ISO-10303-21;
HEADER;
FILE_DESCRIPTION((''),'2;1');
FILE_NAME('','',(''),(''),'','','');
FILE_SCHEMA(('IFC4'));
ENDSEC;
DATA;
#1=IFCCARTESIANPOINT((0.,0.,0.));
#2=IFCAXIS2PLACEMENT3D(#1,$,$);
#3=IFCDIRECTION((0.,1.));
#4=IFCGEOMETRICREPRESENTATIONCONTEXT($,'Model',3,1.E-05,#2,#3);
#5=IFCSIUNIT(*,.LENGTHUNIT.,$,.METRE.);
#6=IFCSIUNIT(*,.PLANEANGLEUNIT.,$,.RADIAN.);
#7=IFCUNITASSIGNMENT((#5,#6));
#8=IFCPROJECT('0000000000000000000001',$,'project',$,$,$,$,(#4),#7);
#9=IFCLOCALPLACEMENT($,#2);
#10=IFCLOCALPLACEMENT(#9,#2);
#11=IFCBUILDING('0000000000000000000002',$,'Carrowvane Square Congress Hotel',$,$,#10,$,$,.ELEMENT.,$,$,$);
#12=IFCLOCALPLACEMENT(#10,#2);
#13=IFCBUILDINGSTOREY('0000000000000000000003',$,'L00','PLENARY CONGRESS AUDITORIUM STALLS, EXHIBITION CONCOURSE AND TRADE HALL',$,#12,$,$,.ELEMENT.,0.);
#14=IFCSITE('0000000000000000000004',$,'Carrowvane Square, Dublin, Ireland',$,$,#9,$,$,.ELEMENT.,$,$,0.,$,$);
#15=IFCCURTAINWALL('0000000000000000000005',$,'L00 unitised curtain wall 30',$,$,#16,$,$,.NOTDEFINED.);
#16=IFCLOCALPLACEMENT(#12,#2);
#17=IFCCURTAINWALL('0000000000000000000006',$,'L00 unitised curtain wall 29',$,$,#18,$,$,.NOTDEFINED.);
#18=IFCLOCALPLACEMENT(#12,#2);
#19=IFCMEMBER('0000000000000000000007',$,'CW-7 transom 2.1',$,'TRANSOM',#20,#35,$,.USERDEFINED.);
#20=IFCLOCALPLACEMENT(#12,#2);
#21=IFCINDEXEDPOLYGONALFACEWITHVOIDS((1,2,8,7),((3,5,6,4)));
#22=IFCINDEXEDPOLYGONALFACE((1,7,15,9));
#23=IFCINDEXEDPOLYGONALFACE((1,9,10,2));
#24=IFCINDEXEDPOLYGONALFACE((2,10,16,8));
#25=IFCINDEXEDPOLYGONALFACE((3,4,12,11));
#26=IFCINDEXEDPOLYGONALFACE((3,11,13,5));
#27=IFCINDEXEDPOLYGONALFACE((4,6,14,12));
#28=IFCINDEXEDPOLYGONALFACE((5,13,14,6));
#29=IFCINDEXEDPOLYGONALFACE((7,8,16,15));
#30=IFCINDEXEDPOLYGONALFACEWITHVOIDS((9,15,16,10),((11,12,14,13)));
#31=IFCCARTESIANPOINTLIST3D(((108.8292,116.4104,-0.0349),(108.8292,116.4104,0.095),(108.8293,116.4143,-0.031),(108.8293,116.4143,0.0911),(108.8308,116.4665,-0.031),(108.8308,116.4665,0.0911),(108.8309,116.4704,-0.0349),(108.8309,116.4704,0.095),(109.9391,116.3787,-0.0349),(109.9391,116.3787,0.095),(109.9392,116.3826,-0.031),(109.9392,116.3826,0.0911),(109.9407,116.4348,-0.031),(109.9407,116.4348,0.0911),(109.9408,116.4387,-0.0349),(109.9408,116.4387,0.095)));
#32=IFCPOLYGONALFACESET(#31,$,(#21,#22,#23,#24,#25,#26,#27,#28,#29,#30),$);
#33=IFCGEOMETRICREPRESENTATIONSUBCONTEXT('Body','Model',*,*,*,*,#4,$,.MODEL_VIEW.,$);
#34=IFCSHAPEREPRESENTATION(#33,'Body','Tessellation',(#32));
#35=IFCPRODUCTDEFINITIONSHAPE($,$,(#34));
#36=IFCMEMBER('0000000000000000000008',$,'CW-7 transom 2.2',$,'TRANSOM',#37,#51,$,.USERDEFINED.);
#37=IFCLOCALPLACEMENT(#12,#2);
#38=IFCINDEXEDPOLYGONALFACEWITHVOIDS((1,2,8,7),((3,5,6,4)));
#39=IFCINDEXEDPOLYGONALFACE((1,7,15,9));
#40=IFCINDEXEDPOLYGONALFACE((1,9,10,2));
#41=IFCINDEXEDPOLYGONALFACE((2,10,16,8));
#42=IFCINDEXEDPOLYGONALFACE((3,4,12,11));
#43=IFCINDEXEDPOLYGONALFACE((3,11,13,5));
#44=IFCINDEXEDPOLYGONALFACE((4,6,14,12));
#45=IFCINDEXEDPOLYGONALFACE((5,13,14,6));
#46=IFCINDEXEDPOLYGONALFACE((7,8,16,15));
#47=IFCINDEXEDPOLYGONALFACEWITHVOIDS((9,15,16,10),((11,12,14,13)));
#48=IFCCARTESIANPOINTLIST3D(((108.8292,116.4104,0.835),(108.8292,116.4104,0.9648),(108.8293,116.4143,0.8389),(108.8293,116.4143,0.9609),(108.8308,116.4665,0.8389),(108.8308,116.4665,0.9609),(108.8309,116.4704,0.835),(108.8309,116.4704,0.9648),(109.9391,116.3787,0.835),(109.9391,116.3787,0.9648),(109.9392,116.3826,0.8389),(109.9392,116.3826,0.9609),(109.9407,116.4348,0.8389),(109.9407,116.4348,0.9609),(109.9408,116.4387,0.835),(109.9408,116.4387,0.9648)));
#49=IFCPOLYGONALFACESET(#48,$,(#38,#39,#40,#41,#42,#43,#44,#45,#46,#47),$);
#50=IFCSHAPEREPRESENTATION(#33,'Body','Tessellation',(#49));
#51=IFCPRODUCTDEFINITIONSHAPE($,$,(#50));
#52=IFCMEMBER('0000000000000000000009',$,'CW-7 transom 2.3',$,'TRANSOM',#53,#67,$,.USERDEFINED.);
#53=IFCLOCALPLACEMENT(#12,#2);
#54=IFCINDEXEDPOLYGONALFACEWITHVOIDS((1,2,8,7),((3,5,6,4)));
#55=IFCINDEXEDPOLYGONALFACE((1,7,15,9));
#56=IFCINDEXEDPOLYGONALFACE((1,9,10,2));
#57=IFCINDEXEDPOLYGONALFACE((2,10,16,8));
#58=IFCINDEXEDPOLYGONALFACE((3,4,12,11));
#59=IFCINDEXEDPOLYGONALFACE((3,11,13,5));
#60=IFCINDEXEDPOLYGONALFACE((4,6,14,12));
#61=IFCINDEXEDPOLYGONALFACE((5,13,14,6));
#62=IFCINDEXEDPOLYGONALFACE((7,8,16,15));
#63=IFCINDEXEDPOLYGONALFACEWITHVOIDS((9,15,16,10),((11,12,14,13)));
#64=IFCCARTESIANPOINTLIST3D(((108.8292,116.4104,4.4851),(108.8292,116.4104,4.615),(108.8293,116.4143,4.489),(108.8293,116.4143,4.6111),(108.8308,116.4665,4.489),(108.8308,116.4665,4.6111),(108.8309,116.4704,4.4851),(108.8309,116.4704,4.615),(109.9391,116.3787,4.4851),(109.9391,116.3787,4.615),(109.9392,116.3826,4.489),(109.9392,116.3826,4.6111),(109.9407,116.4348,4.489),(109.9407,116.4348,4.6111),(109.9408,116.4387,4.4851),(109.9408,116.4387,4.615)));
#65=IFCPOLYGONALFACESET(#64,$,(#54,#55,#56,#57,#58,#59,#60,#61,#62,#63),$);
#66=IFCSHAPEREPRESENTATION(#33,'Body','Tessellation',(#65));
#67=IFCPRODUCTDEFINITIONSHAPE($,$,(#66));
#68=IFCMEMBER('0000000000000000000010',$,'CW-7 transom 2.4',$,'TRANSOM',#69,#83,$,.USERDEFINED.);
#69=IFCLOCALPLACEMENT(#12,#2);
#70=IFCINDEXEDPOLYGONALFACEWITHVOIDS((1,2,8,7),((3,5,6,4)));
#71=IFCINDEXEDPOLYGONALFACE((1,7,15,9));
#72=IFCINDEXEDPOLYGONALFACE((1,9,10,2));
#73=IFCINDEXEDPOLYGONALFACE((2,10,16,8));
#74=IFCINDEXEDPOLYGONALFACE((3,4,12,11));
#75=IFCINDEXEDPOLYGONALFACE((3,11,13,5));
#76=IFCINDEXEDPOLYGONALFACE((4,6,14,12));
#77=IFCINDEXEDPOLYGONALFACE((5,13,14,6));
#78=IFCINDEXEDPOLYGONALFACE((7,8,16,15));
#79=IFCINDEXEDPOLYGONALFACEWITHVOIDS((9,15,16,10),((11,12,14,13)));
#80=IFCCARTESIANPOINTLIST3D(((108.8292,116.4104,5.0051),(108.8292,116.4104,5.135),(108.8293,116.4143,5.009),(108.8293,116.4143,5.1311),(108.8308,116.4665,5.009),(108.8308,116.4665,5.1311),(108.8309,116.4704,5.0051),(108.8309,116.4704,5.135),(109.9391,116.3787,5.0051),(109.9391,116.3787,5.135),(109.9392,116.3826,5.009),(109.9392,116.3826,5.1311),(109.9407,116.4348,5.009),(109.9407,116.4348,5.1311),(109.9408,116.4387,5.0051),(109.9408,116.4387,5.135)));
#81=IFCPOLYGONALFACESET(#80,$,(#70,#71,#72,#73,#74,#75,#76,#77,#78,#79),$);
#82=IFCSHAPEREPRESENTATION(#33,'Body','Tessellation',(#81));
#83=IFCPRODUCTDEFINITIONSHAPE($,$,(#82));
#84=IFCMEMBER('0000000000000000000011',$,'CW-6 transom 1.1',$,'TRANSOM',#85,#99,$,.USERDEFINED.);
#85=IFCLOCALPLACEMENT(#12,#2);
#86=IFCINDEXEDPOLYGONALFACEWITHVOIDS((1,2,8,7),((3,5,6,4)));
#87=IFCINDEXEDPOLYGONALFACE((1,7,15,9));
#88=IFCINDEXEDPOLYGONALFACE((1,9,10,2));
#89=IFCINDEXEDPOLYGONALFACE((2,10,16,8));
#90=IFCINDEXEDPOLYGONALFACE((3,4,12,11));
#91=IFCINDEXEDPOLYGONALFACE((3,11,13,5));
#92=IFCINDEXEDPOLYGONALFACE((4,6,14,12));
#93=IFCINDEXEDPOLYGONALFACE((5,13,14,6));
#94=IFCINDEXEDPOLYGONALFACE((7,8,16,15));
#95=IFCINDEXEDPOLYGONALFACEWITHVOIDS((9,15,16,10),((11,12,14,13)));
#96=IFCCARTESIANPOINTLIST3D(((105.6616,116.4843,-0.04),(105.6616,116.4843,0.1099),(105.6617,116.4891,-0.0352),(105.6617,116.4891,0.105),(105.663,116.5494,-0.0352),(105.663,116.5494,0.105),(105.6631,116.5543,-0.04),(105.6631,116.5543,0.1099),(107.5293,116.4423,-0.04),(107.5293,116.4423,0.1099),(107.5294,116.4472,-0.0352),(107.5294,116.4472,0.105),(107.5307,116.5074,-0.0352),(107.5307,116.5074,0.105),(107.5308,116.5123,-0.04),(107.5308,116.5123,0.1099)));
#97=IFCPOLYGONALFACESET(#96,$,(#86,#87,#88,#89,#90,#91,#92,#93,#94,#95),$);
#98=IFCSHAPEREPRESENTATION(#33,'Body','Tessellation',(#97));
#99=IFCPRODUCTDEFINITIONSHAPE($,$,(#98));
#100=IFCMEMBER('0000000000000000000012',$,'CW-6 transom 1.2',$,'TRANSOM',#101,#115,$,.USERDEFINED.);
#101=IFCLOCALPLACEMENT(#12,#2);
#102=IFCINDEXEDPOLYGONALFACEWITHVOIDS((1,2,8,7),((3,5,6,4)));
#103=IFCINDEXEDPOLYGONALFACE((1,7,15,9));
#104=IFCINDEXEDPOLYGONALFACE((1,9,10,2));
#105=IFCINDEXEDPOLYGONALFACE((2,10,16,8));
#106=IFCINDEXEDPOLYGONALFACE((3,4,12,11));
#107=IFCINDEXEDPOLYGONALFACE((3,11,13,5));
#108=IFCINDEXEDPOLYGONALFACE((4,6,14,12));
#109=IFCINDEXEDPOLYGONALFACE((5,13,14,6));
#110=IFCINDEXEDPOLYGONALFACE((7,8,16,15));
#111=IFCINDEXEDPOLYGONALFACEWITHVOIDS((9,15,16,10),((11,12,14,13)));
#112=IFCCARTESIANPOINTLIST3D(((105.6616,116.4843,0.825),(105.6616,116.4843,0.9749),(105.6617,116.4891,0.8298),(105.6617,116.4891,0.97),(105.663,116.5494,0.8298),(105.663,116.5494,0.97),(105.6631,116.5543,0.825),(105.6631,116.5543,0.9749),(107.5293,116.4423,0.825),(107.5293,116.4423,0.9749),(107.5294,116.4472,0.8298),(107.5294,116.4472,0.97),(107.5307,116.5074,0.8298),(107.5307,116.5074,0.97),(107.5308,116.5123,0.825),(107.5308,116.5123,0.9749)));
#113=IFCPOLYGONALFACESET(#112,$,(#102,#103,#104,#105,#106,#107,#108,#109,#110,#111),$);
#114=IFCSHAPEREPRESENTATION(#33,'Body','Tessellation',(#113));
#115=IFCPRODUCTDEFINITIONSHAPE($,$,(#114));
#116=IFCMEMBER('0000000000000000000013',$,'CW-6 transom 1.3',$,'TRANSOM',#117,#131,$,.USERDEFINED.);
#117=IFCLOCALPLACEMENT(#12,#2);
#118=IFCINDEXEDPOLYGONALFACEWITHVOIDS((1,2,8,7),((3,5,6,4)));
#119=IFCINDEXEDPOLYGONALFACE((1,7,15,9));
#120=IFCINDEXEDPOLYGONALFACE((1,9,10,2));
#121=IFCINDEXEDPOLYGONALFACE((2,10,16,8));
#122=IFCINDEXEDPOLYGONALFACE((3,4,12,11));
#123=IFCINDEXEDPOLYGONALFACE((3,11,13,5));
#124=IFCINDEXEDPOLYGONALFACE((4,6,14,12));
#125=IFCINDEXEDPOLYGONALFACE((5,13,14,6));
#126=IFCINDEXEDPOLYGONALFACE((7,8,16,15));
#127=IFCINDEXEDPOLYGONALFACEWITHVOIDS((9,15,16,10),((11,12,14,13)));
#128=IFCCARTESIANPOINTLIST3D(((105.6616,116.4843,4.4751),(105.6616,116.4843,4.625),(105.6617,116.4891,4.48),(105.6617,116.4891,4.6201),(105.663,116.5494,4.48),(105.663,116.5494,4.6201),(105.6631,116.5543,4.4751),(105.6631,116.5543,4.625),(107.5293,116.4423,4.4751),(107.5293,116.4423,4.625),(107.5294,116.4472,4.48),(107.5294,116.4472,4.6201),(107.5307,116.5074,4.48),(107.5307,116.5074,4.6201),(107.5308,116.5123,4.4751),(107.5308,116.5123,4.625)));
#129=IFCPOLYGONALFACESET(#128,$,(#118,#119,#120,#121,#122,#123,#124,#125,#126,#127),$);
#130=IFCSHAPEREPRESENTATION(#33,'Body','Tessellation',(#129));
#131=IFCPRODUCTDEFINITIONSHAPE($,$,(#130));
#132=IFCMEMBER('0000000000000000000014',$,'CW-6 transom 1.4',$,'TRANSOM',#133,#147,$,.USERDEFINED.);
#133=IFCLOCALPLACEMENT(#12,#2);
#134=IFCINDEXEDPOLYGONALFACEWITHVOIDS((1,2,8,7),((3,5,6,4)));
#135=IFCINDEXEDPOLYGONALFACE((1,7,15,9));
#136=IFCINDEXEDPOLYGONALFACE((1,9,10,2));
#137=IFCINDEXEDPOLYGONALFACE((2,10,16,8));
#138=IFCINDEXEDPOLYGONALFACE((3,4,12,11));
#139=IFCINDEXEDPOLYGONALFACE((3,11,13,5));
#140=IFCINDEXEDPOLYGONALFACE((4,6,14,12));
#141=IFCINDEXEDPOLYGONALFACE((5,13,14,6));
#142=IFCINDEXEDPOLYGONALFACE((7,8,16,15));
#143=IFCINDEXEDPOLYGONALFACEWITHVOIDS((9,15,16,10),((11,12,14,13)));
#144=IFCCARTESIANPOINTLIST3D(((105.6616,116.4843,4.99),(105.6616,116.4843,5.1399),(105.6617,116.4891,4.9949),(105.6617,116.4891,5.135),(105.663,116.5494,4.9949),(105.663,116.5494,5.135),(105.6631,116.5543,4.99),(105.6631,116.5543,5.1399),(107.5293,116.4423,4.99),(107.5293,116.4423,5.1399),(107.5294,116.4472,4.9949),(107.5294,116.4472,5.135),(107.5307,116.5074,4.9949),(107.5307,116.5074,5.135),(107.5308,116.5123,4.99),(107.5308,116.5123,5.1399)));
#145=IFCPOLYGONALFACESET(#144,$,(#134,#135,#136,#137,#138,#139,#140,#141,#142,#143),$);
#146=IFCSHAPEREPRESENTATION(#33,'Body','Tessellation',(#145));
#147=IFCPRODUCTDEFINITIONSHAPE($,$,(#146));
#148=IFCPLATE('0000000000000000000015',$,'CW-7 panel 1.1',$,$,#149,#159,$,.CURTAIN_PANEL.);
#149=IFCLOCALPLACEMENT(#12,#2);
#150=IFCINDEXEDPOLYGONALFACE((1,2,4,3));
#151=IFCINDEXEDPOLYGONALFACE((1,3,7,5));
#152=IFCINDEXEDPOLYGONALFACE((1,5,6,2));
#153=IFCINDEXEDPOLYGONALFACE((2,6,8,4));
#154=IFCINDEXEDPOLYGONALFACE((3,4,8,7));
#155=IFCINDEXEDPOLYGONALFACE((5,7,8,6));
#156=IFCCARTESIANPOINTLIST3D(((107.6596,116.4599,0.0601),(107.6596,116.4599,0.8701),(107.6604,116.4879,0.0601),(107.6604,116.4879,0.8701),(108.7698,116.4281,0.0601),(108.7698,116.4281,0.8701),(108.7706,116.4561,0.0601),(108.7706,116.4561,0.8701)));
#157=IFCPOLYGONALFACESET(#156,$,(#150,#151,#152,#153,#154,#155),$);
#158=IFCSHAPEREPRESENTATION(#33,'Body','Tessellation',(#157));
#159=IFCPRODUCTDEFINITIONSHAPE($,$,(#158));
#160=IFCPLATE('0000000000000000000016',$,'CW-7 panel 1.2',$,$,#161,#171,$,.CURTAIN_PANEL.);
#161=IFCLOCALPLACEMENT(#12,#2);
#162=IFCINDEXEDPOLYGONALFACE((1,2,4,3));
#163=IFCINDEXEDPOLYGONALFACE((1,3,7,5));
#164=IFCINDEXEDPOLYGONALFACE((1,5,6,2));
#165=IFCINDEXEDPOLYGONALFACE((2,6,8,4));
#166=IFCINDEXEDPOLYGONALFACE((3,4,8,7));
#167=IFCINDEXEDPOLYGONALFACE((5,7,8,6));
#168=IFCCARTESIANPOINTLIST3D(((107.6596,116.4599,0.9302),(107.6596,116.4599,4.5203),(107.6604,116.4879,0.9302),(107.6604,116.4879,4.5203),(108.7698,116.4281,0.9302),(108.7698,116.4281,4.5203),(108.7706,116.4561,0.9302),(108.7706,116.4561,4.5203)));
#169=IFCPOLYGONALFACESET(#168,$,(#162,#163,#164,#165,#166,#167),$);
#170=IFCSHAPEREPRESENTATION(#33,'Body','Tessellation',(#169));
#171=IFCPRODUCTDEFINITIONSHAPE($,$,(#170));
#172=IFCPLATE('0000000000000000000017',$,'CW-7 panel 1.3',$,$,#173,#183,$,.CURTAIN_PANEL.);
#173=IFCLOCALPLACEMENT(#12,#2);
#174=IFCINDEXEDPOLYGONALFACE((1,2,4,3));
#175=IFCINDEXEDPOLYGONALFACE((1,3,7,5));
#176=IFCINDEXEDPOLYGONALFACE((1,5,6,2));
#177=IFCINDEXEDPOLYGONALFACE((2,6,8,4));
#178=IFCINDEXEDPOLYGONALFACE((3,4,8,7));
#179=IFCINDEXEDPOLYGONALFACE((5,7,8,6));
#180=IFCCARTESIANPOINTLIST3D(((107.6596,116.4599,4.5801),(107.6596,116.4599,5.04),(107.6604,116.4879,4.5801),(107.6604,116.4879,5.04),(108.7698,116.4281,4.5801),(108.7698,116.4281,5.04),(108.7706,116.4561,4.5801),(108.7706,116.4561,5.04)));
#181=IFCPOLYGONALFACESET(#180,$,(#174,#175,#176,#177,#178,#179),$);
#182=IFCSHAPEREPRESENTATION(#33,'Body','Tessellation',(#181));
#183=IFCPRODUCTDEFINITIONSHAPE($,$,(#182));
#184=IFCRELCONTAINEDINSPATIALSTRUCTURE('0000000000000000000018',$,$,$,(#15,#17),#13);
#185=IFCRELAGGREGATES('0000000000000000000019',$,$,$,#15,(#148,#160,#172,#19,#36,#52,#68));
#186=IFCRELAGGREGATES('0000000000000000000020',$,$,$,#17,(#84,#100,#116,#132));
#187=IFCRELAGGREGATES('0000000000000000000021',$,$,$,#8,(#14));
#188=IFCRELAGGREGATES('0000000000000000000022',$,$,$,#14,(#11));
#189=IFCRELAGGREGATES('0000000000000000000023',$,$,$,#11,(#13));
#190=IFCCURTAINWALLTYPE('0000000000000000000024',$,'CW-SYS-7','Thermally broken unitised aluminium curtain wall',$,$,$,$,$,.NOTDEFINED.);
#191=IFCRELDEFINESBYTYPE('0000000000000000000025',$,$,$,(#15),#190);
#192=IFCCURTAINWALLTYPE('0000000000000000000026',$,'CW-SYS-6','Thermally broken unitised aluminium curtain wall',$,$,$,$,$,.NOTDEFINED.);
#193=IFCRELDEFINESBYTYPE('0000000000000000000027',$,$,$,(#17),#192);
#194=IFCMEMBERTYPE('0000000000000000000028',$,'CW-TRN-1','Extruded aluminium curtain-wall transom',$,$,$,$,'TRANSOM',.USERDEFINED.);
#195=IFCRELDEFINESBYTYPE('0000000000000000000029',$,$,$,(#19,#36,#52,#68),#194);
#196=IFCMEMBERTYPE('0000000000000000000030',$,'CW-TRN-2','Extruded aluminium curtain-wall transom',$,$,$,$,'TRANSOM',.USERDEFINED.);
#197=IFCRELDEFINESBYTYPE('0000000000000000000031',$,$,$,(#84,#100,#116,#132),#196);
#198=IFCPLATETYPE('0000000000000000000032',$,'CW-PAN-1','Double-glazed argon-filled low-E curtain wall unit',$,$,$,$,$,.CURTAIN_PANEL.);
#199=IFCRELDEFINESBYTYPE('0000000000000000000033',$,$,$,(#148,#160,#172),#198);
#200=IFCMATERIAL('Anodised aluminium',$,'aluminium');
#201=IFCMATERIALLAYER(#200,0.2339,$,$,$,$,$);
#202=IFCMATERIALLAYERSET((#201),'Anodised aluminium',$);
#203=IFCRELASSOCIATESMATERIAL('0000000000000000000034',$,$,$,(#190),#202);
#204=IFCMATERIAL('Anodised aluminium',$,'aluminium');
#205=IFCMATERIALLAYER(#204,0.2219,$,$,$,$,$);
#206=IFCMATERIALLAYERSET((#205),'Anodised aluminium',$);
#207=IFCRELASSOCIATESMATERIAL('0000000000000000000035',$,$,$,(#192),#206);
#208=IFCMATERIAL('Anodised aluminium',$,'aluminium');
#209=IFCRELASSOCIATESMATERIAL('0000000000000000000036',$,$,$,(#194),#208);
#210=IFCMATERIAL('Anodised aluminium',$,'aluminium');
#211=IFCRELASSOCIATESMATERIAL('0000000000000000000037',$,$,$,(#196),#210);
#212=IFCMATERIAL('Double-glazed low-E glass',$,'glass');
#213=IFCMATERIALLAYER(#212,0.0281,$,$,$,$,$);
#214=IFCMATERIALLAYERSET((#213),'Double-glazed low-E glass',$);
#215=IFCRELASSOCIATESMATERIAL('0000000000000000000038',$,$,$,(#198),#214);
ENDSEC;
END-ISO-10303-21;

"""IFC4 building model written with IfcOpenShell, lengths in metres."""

from ifc_helpers import new_model, si_unit, direction, frame, origin, origin_2d, place, context, subcontext, project, spatial, rectangle, hollow_rectangle, extrude, material, layer, layer_set, material_profile, profile_set, type_object, element, aggregate, save


model = new_model("IFC4")

# Units and contexts
model_context = context("Model", 3, precision=1e-05, world=origin(), true_north=direction((0.0, 1.0)))
body_context = subcontext(model_context, "Body", "Model", "MODEL_VIEW")
ifc_project = project(units=[si_unit("LENGTHUNIT", "METRE"), si_unit("PLANEANGLEUNIT", "RADIAN")], contexts=[model_context])

# Site, building, storey
site_placement = place(None, origin())
site = spatial("IfcSite", under=ifc_project, at=site_placement, Name="Carrowvane Square, Dublin, Ireland", CompositionType="ELEMENT", RefElevation=0.0)
building_placement = place(site_placement, origin())
building = spatial("IfcBuilding", under=site, at=building_placement, Name="Carrowvane Square Congress Hotel", CompositionType="ELEMENT")
storey_placement = place(building_placement, origin())
storey = spatial("IfcBuildingStorey", under=building, at=storey_placement, Name="L00", Description="PLENARY CONGRESS AUDITORIUM STALLS, EXHIBITION CONCOURSE AND TRADE HALL", CompositionType="ELEMENT", Elevation=0.0)

# Curtain walls
ifc_material_1 = material(Name="Anodised aluminium", Category="aluminium")
ifc_layer_1 = layer(ifc_material_1, 0.2339)
ifc_layer_set_1 = layer_set([ifc_layer_1], Name="Anodised aluminium")
curtain_wall_type_1 = type_object("IfcCurtainWallType", Name="CW-SYS-7", Description="Thermally broken unitised aluminium curtain wall", PredefinedType="NOTDEFINED", material=ifc_layer_set_1)
curtain_wall_1_placement = place(storey_placement, origin())
curtain_wall_1 = element("IfcCurtainWall", 1, at=curtain_wall_1_placement, inside=storey, type_object=curtain_wall_type_1, Name="L00 unitised curtain wall 30", PredefinedType="NOTDEFINED")
ifc_material_2 = material(Name="Anodised aluminium", Category="aluminium")
ifc_layer_2 = layer(ifc_material_2, 0.2219)
ifc_layer_set_2 = layer_set([ifc_layer_2], Name="Anodised aluminium")
curtain_wall_type_2 = type_object("IfcCurtainWallType", Name="CW-SYS-6", Description="Thermally broken unitised aluminium curtain wall", PredefinedType="NOTDEFINED", material=ifc_layer_set_2)
curtain_wall_2_placement = place(storey_placement, origin())
curtain_wall_2 = element("IfcCurtainWall", 2, at=curtain_wall_2_placement, inside=storey, type_object=curtain_wall_type_2, Name="L00 unitised curtain wall 29", PredefinedType="NOTDEFINED")

# Members
ifc_material_3 = material(Name="Anodised aluminium", Category="aluminium")
ifc_material_profile_1 = material_profile(ifc_material_3, hollow_rectangle(XDim=0.0601, YDim=0.1299, WallThickness=0.0039, at=origin_2d()), Name="CW-TR 60x130x4")
ifc_profile_set_1 = profile_set([ifc_material_profile_1], Name="Anodised aluminium")
member_type_1 = type_object("IfcMemberType", Name="CW-TRN-1", Description="Extruded aluminium curtain-wall transom", ElementType="TRANSOM", PredefinedType="USERDEFINED", material=ifc_profile_set_1)
member_1_placement = place(storey_placement, frame((108.8301, 116.4404, 0.03), z_axis=(0.999591, -0.028585, 0.0), x_axis=(0.028585, 0.999591, 0.0)))
member_1 = element("IfcMember", 3, at=member_1_placement, type_object=member_type_1, Name="CW-7 transom 2.1", ObjectType="TRANSOM", PredefinedType="USERDEFINED", context=body_context, shape_type="SweptSolid", body=[
    extrude(hollow_rectangle(XDim=0.0601, YDim=0.1299, WallThickness=0.0039, at=origin_2d()), origin(), (0.0, 0.0, 1.0), 1.1104),
])
member_2_placement = place(storey_placement, frame((108.8301, 116.4404, 0.8999), z_axis=(0.999591, -0.028585, 0.0), x_axis=(0.028585, 0.999591, 0.0)))
member_2 = element("IfcMember", 4, at=member_2_placement, type_object=member_type_1, Name="CW-7 transom 2.2", ObjectType="TRANSOM", PredefinedType="USERDEFINED", context=body_context, shape_type="SweptSolid", body=[
    extrude(hollow_rectangle(XDim=0.0601, YDim=0.1299, WallThickness=0.0039, at=origin_2d()), origin(), (0.0, 0.0, 1.0), 1.1104),
])
member_3_placement = place(storey_placement, frame((108.8301, 116.4404, 4.55), z_axis=(0.999591, -0.028585, 0.0), x_axis=(0.028585, 0.999591, 0.0)))
member_3 = element("IfcMember", 5, at=member_3_placement, type_object=member_type_1, Name="CW-7 transom 2.3", ObjectType="TRANSOM", PredefinedType="USERDEFINED", context=body_context, shape_type="SweptSolid", body=[
    extrude(hollow_rectangle(XDim=0.0601, YDim=0.1299, WallThickness=0.0039, at=origin_2d()), origin(), (0.0, 0.0, 1.0), 1.1104),
])
member_4_placement = place(storey_placement, frame((108.8301, 116.4404, 5.0701), z_axis=(0.999591, -0.028585, 0.0), x_axis=(0.028585, 0.999591, 0.0)))
member_4 = element("IfcMember", 6, at=member_4_placement, type_object=member_type_1, Name="CW-7 transom 2.4", ObjectType="TRANSOM", PredefinedType="USERDEFINED", context=body_context, shape_type="SweptSolid", body=[
    extrude(hollow_rectangle(XDim=0.0601, YDim=0.1299, WallThickness=0.0039, at=origin_2d()), origin(), (0.0, 0.0, 1.0), 1.1104),
])
ifc_material_4 = material(Name="Anodised aluminium", Category="aluminium")
ifc_material_profile_2 = material_profile(ifc_material_4, hollow_rectangle(XDim=0.0701, YDim=0.1499, WallThickness=0.0049, at=origin_2d()), Name="CW-TR 70x150x5")
ifc_profile_set_2 = profile_set([ifc_material_profile_2], Name="Anodised aluminium")
member_type_2 = type_object("IfcMemberType", Name="CW-TRN-2", Description="Extruded aluminium curtain-wall transom", ElementType="TRANSOM", PredefinedType="USERDEFINED", material=ifc_profile_set_2)
member_5_placement = place(storey_placement, frame((105.6624, 116.5193, 0.0349), z_axis=(0.999747, -0.022478, 0.0), x_axis=(0.022478, 0.999747, 0.0)))
member_5 = element("IfcMember", 7, at=member_5_placement, type_object=member_type_2, Name="CW-6 transom 1.1", ObjectType="TRANSOM", PredefinedType="USERDEFINED", context=body_context, shape_type="SweptSolid", body=[
    extrude(hollow_rectangle(XDim=0.0701, YDim=0.1499, WallThickness=0.0049, at=origin_2d()), origin(), (0.0, 0.0, 1.0), 1.8682),
])
member_6_placement = place(storey_placement, frame((105.6624, 116.5193, 0.8999), z_axis=(0.999747, -0.022478, 0.0), x_axis=(0.022478, 0.999747, 0.0)))
member_6 = element("IfcMember", 8, at=member_6_placement, type_object=member_type_2, Name="CW-6 transom 1.2", ObjectType="TRANSOM", PredefinedType="USERDEFINED", context=body_context, shape_type="SweptSolid", body=[
    extrude(hollow_rectangle(XDim=0.0701, YDim=0.1499, WallThickness=0.0049, at=origin_2d()), origin(), (0.0, 0.0, 1.0), 1.8682),
])
member_7_placement = place(storey_placement, frame((105.6624, 116.5193, 4.55), z_axis=(0.999747, -0.022478, 0.0), x_axis=(0.022478, 0.999747, 0.0)))
member_7 = element("IfcMember", 9, at=member_7_placement, type_object=member_type_2, Name="CW-6 transom 1.3", ObjectType="TRANSOM", PredefinedType="USERDEFINED", context=body_context, shape_type="SweptSolid", body=[
    extrude(hollow_rectangle(XDim=0.0701, YDim=0.1499, WallThickness=0.0049, at=origin_2d()), origin(), (0.0, 0.0, 1.0), 1.8682),
])
member_8_placement = place(storey_placement, frame((105.6624, 116.5193, 5.0649), z_axis=(0.999747, -0.022478, 0.0), x_axis=(0.022478, 0.999747, 0.0)))
member_8 = element("IfcMember", 10, at=member_8_placement, type_object=member_type_2, Name="CW-6 transom 1.4", ObjectType="TRANSOM", PredefinedType="USERDEFINED", context=body_context, shape_type="SweptSolid", body=[
    extrude(hollow_rectangle(XDim=0.0701, YDim=0.1499, WallThickness=0.0049, at=origin_2d()), origin(), (0.0, 0.0, 1.0), 1.8682),
])

# Plates
ifc_material_5 = material(Name="Double-glazed low-E glass", Category="glass")
ifc_layer_3 = layer(ifc_material_5, 0.0281)
ifc_layer_set_3 = layer_set([ifc_layer_3], Name="Double-glazed low-E glass")
plate_type_1 = type_object("IfcPlateType", Name="CW-PAN-1", Description="Double-glazed argon-filled low-E curtain wall unit", PredefinedType="CURTAIN_PANEL", material=ifc_layer_set_3)
plate_1_placement = place(storey_placement, frame((108.2151, 116.458, 0.0601), z_axis=(0.0, 0.0, 1.0), x_axis=(0.99959, -0.028638, 0.0)))
plate_1 = element("IfcPlate", 11, at=plate_1_placement, type_object=plate_type_1, Name="CW-7 panel 1.1", PredefinedType="CURTAIN_PANEL", context=body_context, shape_type="SweptSolid", body=[
    extrude(rectangle(XDim=1.1106, YDim=0.0281, at=origin_2d()), origin(), (0.0, 0.0, 1.0), 0.8101),
])
plate_2_placement = place(storey_placement, frame((108.2151, 116.458, 0.9302), z_axis=(0.0, 0.0, 1.0), x_axis=(0.99959, -0.028638, 0.0)))
plate_2 = element("IfcPlate", 12, at=plate_2_placement, type_object=plate_type_1, Name="CW-7 panel 1.2", PredefinedType="CURTAIN_PANEL", context=body_context, shape_type="SweptSolid", body=[
    extrude(rectangle(XDim=1.1106, YDim=0.0281, at=origin_2d()), origin(), (0.0, 0.0, 1.0), 3.5901),
])
plate_3_placement = place(storey_placement, frame((108.2151, 116.458, 4.5801), z_axis=(0.0, 0.0, 1.0), x_axis=(0.99959, -0.028638, 0.0)))
plate_3 = element("IfcPlate", 13, at=plate_3_placement, type_object=plate_type_1, Name="CW-7 panel 1.3", PredefinedType="CURTAIN_PANEL", context=body_context, shape_type="SweptSolid", body=[
    extrude(rectangle(XDim=1.1106, YDim=0.0281, at=origin_2d()), origin(), (0.0, 0.0, 1.0), 0.46),
])
aggregate(curtain_wall_1, [plate_1, plate_2, plate_3, member_1, member_2, member_3, member_4])
aggregate(curtain_wall_2, [member_5, member_6, member_7, member_8])

save(model, "model.ifc")
